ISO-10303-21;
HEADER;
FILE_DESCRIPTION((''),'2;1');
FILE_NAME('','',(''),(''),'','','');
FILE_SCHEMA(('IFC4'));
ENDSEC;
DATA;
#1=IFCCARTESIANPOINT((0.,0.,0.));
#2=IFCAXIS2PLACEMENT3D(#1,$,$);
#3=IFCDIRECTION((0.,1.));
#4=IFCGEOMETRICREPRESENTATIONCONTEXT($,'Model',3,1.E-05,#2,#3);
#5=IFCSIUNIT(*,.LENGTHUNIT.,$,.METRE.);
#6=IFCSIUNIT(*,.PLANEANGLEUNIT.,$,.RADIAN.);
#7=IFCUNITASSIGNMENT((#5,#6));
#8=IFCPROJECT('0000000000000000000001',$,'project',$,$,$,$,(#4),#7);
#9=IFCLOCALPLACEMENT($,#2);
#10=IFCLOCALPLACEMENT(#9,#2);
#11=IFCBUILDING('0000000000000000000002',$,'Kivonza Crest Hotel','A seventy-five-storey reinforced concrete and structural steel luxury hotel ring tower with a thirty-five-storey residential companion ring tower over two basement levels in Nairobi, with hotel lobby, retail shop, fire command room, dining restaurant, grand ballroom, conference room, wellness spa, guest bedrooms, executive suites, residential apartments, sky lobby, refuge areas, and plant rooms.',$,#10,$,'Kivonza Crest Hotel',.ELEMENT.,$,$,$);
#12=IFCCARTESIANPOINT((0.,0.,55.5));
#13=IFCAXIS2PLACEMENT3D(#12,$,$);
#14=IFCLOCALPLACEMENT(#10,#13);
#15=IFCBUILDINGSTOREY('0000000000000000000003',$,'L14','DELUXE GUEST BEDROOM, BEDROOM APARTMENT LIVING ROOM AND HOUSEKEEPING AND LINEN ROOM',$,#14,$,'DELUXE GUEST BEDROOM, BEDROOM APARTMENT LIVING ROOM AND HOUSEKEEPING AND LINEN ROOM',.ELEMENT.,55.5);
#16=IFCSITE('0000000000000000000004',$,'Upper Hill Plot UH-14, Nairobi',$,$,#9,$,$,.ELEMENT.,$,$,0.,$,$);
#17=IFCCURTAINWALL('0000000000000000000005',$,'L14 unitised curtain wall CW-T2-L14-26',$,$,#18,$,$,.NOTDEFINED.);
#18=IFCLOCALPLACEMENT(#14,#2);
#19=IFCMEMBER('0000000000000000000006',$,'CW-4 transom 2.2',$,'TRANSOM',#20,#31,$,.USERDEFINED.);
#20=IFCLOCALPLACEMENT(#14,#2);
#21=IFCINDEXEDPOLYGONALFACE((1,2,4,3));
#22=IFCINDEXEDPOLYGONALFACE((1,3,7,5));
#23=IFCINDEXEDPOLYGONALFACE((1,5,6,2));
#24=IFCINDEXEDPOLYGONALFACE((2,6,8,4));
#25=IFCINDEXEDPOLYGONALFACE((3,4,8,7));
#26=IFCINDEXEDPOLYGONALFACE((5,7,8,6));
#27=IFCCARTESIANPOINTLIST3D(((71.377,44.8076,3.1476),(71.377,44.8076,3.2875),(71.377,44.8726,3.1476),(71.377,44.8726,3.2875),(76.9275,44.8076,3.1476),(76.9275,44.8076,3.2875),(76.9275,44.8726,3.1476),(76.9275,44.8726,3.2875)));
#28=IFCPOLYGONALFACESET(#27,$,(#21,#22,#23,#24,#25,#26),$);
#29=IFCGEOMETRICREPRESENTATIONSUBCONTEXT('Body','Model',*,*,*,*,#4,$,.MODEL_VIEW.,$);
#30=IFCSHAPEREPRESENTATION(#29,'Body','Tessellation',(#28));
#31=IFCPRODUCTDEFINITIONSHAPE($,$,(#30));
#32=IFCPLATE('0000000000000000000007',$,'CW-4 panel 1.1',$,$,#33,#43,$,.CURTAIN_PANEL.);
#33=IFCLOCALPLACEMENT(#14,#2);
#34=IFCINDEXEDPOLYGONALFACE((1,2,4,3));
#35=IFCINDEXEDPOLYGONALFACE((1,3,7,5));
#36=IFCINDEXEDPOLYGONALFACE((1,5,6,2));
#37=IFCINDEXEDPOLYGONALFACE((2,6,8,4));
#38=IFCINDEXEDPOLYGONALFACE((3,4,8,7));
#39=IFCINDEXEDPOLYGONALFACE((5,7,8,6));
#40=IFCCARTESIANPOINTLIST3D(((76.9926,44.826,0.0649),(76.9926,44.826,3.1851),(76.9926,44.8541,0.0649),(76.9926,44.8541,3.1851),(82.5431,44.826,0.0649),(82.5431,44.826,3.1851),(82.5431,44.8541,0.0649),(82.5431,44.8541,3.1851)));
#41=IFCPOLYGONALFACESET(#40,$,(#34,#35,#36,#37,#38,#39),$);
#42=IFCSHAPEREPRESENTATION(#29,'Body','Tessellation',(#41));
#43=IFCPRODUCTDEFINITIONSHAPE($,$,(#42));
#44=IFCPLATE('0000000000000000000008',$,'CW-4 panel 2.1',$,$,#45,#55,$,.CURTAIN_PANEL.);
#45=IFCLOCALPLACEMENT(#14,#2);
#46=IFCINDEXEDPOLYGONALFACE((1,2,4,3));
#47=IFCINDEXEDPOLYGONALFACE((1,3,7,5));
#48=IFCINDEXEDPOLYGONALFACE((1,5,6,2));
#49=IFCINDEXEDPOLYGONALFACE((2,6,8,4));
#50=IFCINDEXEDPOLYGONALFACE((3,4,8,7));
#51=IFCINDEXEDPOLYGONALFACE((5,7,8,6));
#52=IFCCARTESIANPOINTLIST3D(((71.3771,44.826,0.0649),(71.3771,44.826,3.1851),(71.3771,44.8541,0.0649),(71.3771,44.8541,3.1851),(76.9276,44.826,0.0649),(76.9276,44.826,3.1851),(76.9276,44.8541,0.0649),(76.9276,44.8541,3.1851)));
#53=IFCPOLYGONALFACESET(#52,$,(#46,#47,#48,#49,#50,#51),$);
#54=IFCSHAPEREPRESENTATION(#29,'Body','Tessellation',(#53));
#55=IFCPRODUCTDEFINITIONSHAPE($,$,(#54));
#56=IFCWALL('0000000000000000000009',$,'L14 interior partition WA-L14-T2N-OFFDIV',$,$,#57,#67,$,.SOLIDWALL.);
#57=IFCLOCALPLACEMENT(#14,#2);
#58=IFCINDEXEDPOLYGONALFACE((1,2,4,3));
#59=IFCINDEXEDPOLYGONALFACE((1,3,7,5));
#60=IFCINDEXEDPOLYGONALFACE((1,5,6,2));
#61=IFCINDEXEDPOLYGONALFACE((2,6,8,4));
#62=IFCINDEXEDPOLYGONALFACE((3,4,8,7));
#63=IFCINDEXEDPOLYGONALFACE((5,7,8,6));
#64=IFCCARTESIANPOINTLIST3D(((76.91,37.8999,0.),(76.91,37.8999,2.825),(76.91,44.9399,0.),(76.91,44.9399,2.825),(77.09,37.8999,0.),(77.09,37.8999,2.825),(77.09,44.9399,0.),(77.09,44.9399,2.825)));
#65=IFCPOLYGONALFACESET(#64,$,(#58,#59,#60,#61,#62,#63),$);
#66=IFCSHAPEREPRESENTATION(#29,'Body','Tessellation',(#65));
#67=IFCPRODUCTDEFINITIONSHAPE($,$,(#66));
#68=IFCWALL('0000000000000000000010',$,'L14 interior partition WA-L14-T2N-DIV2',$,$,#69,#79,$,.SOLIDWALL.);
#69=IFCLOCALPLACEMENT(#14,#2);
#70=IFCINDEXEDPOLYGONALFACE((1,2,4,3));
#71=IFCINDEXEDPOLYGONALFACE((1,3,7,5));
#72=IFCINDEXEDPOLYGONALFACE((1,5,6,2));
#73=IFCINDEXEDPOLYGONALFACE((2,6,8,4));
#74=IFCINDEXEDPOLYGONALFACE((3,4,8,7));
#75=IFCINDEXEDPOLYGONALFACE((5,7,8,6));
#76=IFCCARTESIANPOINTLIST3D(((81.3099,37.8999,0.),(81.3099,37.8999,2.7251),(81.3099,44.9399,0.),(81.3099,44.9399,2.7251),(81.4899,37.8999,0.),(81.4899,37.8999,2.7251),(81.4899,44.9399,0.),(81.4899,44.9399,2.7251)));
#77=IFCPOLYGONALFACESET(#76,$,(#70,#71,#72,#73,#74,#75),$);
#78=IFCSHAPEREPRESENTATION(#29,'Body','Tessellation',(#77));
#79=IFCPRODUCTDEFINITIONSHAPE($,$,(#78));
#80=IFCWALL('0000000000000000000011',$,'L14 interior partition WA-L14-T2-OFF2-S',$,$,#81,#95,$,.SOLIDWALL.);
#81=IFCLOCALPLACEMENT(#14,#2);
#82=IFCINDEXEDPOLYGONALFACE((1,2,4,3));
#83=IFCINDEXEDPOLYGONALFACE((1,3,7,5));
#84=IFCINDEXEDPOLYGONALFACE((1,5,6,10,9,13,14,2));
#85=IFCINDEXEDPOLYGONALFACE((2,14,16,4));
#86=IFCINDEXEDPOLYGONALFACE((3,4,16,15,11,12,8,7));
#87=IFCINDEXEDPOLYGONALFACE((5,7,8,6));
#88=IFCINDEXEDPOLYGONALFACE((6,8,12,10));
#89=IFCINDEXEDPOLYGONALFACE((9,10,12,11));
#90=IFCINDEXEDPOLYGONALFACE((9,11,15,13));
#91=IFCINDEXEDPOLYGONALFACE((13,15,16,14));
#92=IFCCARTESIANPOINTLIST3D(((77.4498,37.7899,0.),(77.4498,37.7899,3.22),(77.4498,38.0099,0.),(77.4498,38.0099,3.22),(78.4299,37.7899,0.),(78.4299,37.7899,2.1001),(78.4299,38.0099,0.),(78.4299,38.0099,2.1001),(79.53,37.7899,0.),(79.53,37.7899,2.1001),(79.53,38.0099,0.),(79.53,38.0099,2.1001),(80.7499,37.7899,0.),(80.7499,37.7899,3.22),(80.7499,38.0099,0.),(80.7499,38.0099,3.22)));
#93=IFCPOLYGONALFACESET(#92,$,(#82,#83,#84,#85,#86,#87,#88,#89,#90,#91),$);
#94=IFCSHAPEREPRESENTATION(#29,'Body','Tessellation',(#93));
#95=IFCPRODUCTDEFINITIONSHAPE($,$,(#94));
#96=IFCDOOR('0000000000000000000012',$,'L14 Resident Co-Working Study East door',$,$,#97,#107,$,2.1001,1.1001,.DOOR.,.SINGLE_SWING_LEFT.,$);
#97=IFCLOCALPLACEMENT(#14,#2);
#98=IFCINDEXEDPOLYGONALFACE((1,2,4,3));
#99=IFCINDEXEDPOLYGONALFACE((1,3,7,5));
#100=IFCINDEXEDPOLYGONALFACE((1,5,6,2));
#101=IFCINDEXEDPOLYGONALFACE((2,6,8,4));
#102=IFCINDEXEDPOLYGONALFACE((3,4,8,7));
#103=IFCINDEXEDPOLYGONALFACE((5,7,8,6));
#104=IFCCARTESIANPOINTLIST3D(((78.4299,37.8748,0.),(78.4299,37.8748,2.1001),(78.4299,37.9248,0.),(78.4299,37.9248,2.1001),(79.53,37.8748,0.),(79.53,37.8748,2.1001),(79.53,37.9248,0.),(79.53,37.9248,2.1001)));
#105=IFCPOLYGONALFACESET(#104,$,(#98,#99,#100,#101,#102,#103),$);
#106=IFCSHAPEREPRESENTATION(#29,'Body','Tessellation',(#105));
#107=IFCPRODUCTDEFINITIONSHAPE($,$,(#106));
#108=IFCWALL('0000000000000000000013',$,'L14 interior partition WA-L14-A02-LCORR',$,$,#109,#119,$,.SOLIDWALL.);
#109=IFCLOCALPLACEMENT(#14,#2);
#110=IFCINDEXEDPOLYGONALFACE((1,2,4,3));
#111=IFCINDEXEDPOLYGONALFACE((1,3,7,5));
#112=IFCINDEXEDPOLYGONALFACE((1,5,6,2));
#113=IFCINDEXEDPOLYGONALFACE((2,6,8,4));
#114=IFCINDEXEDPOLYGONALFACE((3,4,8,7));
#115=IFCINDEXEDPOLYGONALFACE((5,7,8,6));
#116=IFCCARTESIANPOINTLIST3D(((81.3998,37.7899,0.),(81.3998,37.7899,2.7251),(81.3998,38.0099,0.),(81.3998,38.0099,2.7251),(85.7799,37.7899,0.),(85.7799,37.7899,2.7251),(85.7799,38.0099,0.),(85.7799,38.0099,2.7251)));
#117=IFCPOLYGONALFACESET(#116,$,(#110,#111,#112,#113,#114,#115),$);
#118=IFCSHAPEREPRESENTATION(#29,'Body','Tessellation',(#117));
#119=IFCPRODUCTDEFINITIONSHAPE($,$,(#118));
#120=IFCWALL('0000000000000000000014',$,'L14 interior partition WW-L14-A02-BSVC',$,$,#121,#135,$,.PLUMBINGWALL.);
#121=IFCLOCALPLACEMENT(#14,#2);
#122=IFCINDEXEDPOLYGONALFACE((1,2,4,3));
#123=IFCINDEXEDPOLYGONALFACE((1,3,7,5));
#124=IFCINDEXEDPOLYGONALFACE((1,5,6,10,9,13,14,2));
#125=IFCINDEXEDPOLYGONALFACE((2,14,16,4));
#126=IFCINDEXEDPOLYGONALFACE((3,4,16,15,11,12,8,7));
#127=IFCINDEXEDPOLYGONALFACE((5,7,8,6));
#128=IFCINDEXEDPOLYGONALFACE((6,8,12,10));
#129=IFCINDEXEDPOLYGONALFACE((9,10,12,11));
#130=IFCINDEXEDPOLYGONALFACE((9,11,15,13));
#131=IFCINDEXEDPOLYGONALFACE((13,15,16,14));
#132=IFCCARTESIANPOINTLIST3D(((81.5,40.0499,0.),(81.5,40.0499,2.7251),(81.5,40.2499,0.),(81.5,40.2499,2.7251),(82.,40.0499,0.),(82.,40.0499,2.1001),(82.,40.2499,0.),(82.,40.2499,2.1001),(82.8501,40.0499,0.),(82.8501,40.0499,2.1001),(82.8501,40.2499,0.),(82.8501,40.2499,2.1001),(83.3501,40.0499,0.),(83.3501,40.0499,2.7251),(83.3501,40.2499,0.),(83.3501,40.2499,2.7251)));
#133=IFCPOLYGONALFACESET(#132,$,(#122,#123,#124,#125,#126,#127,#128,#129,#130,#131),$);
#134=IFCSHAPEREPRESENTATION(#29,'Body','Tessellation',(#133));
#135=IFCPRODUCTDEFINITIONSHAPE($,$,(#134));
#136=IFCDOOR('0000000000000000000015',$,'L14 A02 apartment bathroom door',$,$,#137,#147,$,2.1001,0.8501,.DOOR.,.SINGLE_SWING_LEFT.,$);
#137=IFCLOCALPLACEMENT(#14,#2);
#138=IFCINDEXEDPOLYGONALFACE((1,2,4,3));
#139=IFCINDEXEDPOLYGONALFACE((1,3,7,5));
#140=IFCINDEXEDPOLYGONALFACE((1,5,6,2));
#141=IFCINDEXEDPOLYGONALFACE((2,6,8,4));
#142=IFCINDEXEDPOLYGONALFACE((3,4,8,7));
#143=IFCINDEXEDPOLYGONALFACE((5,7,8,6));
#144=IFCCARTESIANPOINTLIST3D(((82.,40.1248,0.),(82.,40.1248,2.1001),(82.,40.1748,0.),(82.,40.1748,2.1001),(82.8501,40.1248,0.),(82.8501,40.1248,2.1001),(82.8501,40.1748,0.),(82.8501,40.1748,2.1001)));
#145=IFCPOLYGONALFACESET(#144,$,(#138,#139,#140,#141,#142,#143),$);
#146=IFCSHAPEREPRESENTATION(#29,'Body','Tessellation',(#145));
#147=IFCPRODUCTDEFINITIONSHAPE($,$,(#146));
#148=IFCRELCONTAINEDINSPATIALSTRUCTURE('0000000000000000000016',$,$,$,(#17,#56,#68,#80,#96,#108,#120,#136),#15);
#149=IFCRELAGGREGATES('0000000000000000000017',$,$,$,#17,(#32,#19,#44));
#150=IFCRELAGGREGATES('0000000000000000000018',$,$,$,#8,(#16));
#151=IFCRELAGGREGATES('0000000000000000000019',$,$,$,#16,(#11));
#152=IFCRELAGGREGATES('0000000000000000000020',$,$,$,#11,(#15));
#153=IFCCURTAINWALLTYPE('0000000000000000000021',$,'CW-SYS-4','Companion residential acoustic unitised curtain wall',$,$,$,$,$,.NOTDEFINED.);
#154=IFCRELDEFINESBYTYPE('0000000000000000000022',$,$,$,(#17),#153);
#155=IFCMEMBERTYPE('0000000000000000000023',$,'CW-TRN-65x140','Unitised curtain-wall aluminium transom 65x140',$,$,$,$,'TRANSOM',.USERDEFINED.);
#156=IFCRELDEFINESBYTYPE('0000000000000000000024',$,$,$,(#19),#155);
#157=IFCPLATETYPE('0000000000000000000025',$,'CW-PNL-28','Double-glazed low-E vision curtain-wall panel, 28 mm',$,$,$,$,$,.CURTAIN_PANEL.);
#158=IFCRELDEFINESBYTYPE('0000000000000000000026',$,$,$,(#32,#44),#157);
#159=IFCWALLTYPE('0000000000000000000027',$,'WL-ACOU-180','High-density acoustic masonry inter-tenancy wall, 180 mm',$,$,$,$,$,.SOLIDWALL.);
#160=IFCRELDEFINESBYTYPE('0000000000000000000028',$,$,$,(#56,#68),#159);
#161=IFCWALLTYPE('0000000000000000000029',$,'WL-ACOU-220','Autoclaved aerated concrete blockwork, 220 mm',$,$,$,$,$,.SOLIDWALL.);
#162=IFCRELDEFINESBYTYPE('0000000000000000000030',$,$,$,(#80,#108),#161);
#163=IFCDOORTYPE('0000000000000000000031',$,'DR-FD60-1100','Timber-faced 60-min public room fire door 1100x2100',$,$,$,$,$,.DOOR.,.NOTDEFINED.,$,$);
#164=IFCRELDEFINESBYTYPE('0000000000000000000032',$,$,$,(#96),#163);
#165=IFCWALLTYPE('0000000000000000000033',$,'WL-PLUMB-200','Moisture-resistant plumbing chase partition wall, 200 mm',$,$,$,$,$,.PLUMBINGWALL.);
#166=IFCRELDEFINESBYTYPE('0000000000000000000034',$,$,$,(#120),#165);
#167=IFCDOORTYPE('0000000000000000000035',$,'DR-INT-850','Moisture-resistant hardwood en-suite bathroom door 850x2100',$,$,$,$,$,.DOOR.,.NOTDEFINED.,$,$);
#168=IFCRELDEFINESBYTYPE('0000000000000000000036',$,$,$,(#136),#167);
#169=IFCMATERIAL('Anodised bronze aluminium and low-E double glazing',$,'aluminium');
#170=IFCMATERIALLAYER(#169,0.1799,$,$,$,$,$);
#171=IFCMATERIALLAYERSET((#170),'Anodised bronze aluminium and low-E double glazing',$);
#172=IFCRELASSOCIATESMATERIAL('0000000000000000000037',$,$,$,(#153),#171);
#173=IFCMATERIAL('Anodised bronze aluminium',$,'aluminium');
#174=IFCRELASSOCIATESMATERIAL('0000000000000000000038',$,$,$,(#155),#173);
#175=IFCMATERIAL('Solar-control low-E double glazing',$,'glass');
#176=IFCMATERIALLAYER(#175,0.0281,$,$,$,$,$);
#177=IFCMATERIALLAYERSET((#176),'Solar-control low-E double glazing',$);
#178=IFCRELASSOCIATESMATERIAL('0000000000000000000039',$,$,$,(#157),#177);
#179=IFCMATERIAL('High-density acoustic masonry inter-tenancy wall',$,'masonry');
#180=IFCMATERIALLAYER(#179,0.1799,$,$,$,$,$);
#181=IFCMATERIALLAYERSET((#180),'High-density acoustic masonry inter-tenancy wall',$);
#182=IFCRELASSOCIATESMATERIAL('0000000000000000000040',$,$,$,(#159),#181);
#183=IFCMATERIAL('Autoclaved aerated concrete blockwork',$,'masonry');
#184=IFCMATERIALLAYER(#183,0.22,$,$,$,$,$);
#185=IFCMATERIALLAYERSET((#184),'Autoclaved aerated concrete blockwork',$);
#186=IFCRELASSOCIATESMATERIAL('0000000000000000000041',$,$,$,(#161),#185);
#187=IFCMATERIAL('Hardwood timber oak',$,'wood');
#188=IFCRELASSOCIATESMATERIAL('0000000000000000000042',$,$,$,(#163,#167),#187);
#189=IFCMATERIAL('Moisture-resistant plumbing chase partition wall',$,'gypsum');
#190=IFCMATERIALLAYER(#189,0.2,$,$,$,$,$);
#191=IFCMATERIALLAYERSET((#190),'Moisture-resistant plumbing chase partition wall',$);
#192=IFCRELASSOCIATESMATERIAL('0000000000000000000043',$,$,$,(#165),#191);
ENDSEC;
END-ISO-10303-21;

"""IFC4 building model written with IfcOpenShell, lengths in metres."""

from ifc_helpers import new_model, si_unit, direction, frame, frame_2d, origin, origin_2d, place, context, subcontext, project, spatial, rectangle, extrude, material, layer, layer_set, material_profile, profile_set, type_object, element, fill, aggregate, save


model = new_model("IFC4")

# Units and contexts
model_context = context("Model", 3, precision=1e-05, world=origin(), true_north=direction((0.0, 1.0)))
body_context = subcontext(model_context, "Body", "Model", "MODEL_VIEW")
ifc_project = project(units=[si_unit("LENGTHUNIT", "METRE"), si_unit("PLANEANGLEUNIT", "RADIAN")], contexts=[model_context])

# Site, building, storey
site_placement = place(None, origin())
site = spatial("IfcSite", under=ifc_project, at=site_placement, Name="Upper Hill Plot UH-14, Nairobi", CompositionType="ELEMENT", RefElevation=0.0)
building_placement = place(site_placement, origin())
building = spatial("IfcBuilding", under=site, at=building_placement, Name="Kivonza Crest Hotel", Description="A seventy-five-storey reinforced concrete and structural steel luxury hotel ring tower with a thirty-five-storey residential companion ring tower over two basement levels in Nairobi, with hotel lobby, retail shop, fire command room, dining restaurant, grand ballroom, conference room, wellness spa, guest bedrooms, executive suites, residential apartments, sky lobby, refuge areas, and plant rooms.", LongName="Kivonza Crest Hotel", CompositionType="ELEMENT")
storey_placement = place(building_placement, frame((0.0, 0.0, 55.5)))
storey = spatial("IfcBuildingStorey", under=building, at=storey_placement, Name="L14", Description="DELUXE GUEST BEDROOM, BEDROOM APARTMENT LIVING ROOM AND HOUSEKEEPING AND LINEN ROOM", LongName="DELUXE GUEST BEDROOM, BEDROOM APARTMENT LIVING ROOM AND HOUSEKEEPING AND LINEN ROOM", CompositionType="ELEMENT", Elevation=55.5)

# Curtain wall, member, plates
ifc_material_1 = material(Name="Anodised bronze aluminium and low-E double glazing", Category="aluminium")
ifc_layer_1 = layer(ifc_material_1, 0.1799)
ifc_layer_set_1 = layer_set([ifc_layer_1], Name="Anodised bronze aluminium and low-E double glazing")
curtain_wall_type = type_object("IfcCurtainWallType", Name="CW-SYS-4", Description="Companion residential acoustic unitised curtain wall", PredefinedType="NOTDEFINED", material=ifc_layer_set_1)
curtain_wall_placement = place(storey_placement, origin())
curtain_wall = element("IfcCurtainWall", 1, at=curtain_wall_placement, inside=storey, type_object=curtain_wall_type, Name="L14 unitised curtain wall CW-T2-L14-26", PredefinedType="NOTDEFINED")
ifc_material_2 = material(Name="Anodised bronze aluminium", Category="aluminium")
ifc_material_profile_1 = material_profile(ifc_material_2, rectangle(XDim=0.0649, YDim=0.1399, at=origin_2d()), Name="CW-T 65x140")
ifc_profile_set_1 = profile_set([ifc_material_profile_1], Name="Anodised bronze aluminium")
member_type_1 = type_object("IfcMemberType", Name="CW-TRN-65x140", Description="Unitised curtain-wall aluminium transom 65x140", ElementType="TRANSOM", PredefinedType="USERDEFINED", material=ifc_profile_set_1)
member_1_placement = place(storey_placement, frame((76.9275, 44.8401, 3.2175), z_axis=(-1.0, 0.0, 0.0), x_axis=(0.0, -1.0, 0.0)))
member_1 = element("IfcMember", 2, at=member_1_placement, type_object=member_type_1, Name="CW-4 transom 2.2", ObjectType="TRANSOM", PredefinedType="USERDEFINED", context=body_context, shape_type="SweptSolid", body=[
    extrude(rectangle(XDim=0.0649, YDim=0.1399, at=origin_2d()), origin(), (0.0, 0.0, 1.0), 5.5505),
])
ifc_material_3 = material(Name="Solar-control low-E double glazing", Category="glass")
ifc_layer_2 = layer(ifc_material_3, 0.0281)
ifc_layer_set_2 = layer_set([ifc_layer_2], Name="Solar-control low-E double glazing")
plate_type = type_object("IfcPlateType", Name="CW-PNL-28", Description="Double-glazed low-E vision curtain-wall panel, 28 mm", PredefinedType="CURTAIN_PANEL", material=ifc_layer_set_2)
plate_1_placement = place(storey_placement, frame((79.7678, 44.8401, 0.0649), z_axis=(0.0, 0.0, 1.0), x_axis=(-1.0, 0.0, 0.0)))
plate_1 = element("IfcPlate", 3, at=plate_1_placement, type_object=plate_type, Name="CW-4 panel 1.1", PredefinedType="CURTAIN_PANEL", context=body_context, shape_type="SweptSolid", body=[
    extrude(rectangle(XDim=5.5505, YDim=0.0281, at=origin_2d()), origin(), (0.0, 0.0, 1.0), 3.1201),
])
plate_2_placement = place(storey_placement, frame((74.1523, 44.8401, 0.0649), z_axis=(0.0, 0.0, 1.0), x_axis=(-1.0, 0.0, 0.0)))
plate_2 = element("IfcPlate", 4, at=plate_2_placement, type_object=plate_type, Name="CW-4 panel 2.1", PredefinedType="CURTAIN_PANEL", context=body_context, shape_type="SweptSolid", body=[
    extrude(rectangle(XDim=5.5505, YDim=0.0281, at=origin_2d()), origin(), (0.0, 0.0, 1.0), 3.1201),
])
aggregate(curtain_wall, [plate_1, member_1, plate_2])

# Walls
ifc_material_4 = material(Name="High-density acoustic masonry inter-tenancy wall", Category="masonry")
ifc_layer_3 = layer(ifc_material_4, 0.1799)
ifc_layer_set_3 = layer_set([ifc_layer_3], Name="High-density acoustic masonry inter-tenancy wall")
wall_type_1 = type_object("IfcWallType", Name="WL-ACOU-180", Description="High-density acoustic masonry inter-tenancy wall, 180 mm", PredefinedType="SOLIDWALL", material=ifc_layer_set_3)
wall_1_placement = place(storey_placement, frame((77.0, 37.8999, 0.0), z_axis=(0.0, 0.0, 1.0), x_axis=(0.0, 1.0, 0.0)))
element("IfcWall", 5, at=wall_1_placement, inside=storey, type_object=wall_type_1, Name="L14 interior partition WA-L14-T2N-OFFDIV", PredefinedType="SOLIDWALL", context=body_context, shape_type="SweptSolid", body=[
    extrude(rectangle(XDim=7.04, YDim=0.1799, at=frame_2d((3.52, 0.0))), origin(), (0.0, 0.0, 1.0), 2.825),
])
wall_2_placement = place(storey_placement, frame((81.3999, 37.8999, 0.0), z_axis=(0.0, 0.0, 1.0), x_axis=(0.0, 1.0, 0.0)))
element("IfcWall", 6, at=wall_2_placement, inside=storey, type_object=wall_type_1, Name="L14 interior partition WA-L14-T2N-DIV2", PredefinedType="SOLIDWALL", context=body_context, shape_type="SweptSolid", body=[
    extrude(rectangle(XDim=7.04, YDim=0.1799, at=frame_2d((3.52, 0.0))), origin(), (0.0, 0.0, 1.0), 2.7251),
])

# Wall, opening, door
ifc_material_5 = material(Name="Autoclaved aerated concrete blockwork", Category="masonry")
ifc_layer_4 = layer(ifc_material_5, 0.22)
ifc_layer_set_4 = layer_set([ifc_layer_4], Name="Autoclaved aerated concrete blockwork")
wall_type_2 = type_object("IfcWallType", Name="WL-ACOU-220", Description="Autoclaved aerated concrete blockwork, 220 mm", PredefinedType="SOLIDWALL", material=ifc_layer_set_4)
wall_3_placement = place(storey_placement, frame((77.45, 37.8999, 0.0), z_axis=(0.0, 0.0, 1.0), x_axis=(1.0, 0.0, 0.0)))
wall_3 = element("IfcWall", 7, at=wall_3_placement, inside=storey, type_object=wall_type_2, Name="L14 interior partition WA-L14-T2-OFF2-S", PredefinedType="SOLIDWALL", context=body_context, shape_type="SweptSolid", body=[
    extrude(rectangle(XDim=3.3, YDim=0.22, at=frame_2d((1.6499, 0.0))), origin(), (0.0, 0.0, 1.0), 3.22),
])
opening_1_placement = place(wall_3_placement, frame((0.98, 0.0, 0.0)))
opening_1 = element("IfcOpeningElement", 8, at=opening_1_placement, cuts=wall_3, PredefinedType="OPENING", context=body_context, shape_type="SweptSolid", body=[
    extrude(rectangle(XDim=1.1001, YDim=2.1001, at=frame_2d((0.55, 1.05))), frame((0.0, 0.1201, 0.0), z_axis=(0.0, -1.0, 0.0), x_axis=(1.0, 0.0, 0.0)), (0.0, 0.0, 1.0), 0.24),
])
ifc_material_6 = material(Name="Hardwood timber oak", Category="wood")
door_type_1 = type_object("IfcDoorType", Name="DR-FD60-1100", Description="Timber-faced 60-min public room fire door 1100x2100", OperationType="NOTDEFINED", PredefinedType="DOOR", material=ifc_material_6)
door_1_placement = place(opening_1_placement, origin())
door_1 = element("IfcDoor", 9, at=door_1_placement, inside=storey, type_object=door_type_1, Name="L14 Resident Co-Working Study East door", OperationType="SINGLE_SWING_LEFT", OverallHeight=2.1001, OverallWidth=1.1001, PredefinedType="DOOR", context=body_context, shape_type="SweptSolid", body=[
    extrude(rectangle(XDim=1.1001, YDim=2.1001, at=frame_2d((0.55, 1.05))), frame((0.0, 0.0249, 0.0), z_axis=(0.0, -1.0, 0.0), x_axis=(1.0, 0.0, 0.0)), (0.0, 0.0, 1.0), 0.05),
])
fill(opening_1, door_1)

# Wall
wall_4_placement = place(storey_placement, frame((81.3999, 37.8999, 0.0), z_axis=(0.0, 0.0, 1.0), x_axis=(1.0, 0.0, 0.0)))
element("IfcWall", 10, at=wall_4_placement, inside=storey, type_object=wall_type_2, Name="L14 interior partition WA-L14-A02-LCORR", PredefinedType="SOLIDWALL", context=body_context, shape_type="SweptSolid", body=[
    extrude(rectangle(XDim=4.3801, YDim=0.22, at=frame_2d((2.1899, 0.0))), origin(), (0.0, 0.0, 1.0), 2.7251),
])

# Wall, opening, door
ifc_material_7 = material(Name="Moisture-resistant plumbing chase partition wall", Category="gypsum")
ifc_layer_5 = layer(ifc_material_7, 0.2)
ifc_layer_set_5 = layer_set([ifc_layer_5], Name="Moisture-resistant plumbing chase partition wall")
wall_type_3 = type_object("IfcWallType", Name="WL-PLUMB-200", Description="Moisture-resistant plumbing chase partition wall, 200 mm", PredefinedType="PLUMBINGWALL", material=ifc_layer_set_5)
wall_5_placement = place(storey_placement, frame((81.5, 40.1499, 0.0), z_axis=(0.0, 0.0, 1.0), x_axis=(1.0, 0.0, 0.0)))
wall_5 = element("IfcWall", 11, at=wall_5_placement, inside=storey, type_object=wall_type_3, Name="L14 interior partition WW-L14-A02-BSVC", PredefinedType="PLUMBINGWALL", context=body_context, shape_type="SweptSolid", body=[
    extrude(rectangle(XDim=1.8501, YDim=0.2, at=frame_2d((0.925, 0.0))), origin(), (0.0, 0.0, 1.0), 2.7251),
])
opening_2_placement = place(wall_5_placement, frame((0.5, 0.0, 0.0)))
opening_2 = element("IfcOpeningElement", 12, at=opening_2_placement, cuts=wall_5, PredefinedType="OPENING", context=body_context, shape_type="SweptSolid", body=[
    extrude(rectangle(XDim=0.8501, YDim=2.1001, at=frame_2d((0.425, 1.05))), frame((0.0, 0.1099, 0.0), z_axis=(0.0, -1.0, 0.0), x_axis=(1.0, 0.0, 0.0)), (0.0, 0.0, 1.0), 0.22),
])
door_type_2 = type_object("IfcDoorType", Name="DR-INT-850", Description="Moisture-resistant hardwood en-suite bathroom door 850x2100", OperationType="NOTDEFINED", PredefinedType="DOOR", material=ifc_material_6)
door_2_placement = place(opening_2_placement, origin())
door_2 = element("IfcDoor", 13, at=door_2_placement, inside=storey, type_object=door_type_2, Name="L14 A02 apartment bathroom door", OperationType="SINGLE_SWING_LEFT", OverallHeight=2.1001, OverallWidth=0.8501, PredefinedType="DOOR", context=body_context, shape_type="SweptSolid", body=[
    extrude(rectangle(XDim=0.8501, YDim=2.1001, at=frame_2d((0.425, 1.05))), frame((0.0, 0.0249, 0.0), z_axis=(0.0, -1.0, 0.0), x_axis=(1.0, 0.0, 0.0)), (0.0, 0.0, 1.0), 0.05),
])
fill(opening_2, door_2)

save(model, "model.ifc")
